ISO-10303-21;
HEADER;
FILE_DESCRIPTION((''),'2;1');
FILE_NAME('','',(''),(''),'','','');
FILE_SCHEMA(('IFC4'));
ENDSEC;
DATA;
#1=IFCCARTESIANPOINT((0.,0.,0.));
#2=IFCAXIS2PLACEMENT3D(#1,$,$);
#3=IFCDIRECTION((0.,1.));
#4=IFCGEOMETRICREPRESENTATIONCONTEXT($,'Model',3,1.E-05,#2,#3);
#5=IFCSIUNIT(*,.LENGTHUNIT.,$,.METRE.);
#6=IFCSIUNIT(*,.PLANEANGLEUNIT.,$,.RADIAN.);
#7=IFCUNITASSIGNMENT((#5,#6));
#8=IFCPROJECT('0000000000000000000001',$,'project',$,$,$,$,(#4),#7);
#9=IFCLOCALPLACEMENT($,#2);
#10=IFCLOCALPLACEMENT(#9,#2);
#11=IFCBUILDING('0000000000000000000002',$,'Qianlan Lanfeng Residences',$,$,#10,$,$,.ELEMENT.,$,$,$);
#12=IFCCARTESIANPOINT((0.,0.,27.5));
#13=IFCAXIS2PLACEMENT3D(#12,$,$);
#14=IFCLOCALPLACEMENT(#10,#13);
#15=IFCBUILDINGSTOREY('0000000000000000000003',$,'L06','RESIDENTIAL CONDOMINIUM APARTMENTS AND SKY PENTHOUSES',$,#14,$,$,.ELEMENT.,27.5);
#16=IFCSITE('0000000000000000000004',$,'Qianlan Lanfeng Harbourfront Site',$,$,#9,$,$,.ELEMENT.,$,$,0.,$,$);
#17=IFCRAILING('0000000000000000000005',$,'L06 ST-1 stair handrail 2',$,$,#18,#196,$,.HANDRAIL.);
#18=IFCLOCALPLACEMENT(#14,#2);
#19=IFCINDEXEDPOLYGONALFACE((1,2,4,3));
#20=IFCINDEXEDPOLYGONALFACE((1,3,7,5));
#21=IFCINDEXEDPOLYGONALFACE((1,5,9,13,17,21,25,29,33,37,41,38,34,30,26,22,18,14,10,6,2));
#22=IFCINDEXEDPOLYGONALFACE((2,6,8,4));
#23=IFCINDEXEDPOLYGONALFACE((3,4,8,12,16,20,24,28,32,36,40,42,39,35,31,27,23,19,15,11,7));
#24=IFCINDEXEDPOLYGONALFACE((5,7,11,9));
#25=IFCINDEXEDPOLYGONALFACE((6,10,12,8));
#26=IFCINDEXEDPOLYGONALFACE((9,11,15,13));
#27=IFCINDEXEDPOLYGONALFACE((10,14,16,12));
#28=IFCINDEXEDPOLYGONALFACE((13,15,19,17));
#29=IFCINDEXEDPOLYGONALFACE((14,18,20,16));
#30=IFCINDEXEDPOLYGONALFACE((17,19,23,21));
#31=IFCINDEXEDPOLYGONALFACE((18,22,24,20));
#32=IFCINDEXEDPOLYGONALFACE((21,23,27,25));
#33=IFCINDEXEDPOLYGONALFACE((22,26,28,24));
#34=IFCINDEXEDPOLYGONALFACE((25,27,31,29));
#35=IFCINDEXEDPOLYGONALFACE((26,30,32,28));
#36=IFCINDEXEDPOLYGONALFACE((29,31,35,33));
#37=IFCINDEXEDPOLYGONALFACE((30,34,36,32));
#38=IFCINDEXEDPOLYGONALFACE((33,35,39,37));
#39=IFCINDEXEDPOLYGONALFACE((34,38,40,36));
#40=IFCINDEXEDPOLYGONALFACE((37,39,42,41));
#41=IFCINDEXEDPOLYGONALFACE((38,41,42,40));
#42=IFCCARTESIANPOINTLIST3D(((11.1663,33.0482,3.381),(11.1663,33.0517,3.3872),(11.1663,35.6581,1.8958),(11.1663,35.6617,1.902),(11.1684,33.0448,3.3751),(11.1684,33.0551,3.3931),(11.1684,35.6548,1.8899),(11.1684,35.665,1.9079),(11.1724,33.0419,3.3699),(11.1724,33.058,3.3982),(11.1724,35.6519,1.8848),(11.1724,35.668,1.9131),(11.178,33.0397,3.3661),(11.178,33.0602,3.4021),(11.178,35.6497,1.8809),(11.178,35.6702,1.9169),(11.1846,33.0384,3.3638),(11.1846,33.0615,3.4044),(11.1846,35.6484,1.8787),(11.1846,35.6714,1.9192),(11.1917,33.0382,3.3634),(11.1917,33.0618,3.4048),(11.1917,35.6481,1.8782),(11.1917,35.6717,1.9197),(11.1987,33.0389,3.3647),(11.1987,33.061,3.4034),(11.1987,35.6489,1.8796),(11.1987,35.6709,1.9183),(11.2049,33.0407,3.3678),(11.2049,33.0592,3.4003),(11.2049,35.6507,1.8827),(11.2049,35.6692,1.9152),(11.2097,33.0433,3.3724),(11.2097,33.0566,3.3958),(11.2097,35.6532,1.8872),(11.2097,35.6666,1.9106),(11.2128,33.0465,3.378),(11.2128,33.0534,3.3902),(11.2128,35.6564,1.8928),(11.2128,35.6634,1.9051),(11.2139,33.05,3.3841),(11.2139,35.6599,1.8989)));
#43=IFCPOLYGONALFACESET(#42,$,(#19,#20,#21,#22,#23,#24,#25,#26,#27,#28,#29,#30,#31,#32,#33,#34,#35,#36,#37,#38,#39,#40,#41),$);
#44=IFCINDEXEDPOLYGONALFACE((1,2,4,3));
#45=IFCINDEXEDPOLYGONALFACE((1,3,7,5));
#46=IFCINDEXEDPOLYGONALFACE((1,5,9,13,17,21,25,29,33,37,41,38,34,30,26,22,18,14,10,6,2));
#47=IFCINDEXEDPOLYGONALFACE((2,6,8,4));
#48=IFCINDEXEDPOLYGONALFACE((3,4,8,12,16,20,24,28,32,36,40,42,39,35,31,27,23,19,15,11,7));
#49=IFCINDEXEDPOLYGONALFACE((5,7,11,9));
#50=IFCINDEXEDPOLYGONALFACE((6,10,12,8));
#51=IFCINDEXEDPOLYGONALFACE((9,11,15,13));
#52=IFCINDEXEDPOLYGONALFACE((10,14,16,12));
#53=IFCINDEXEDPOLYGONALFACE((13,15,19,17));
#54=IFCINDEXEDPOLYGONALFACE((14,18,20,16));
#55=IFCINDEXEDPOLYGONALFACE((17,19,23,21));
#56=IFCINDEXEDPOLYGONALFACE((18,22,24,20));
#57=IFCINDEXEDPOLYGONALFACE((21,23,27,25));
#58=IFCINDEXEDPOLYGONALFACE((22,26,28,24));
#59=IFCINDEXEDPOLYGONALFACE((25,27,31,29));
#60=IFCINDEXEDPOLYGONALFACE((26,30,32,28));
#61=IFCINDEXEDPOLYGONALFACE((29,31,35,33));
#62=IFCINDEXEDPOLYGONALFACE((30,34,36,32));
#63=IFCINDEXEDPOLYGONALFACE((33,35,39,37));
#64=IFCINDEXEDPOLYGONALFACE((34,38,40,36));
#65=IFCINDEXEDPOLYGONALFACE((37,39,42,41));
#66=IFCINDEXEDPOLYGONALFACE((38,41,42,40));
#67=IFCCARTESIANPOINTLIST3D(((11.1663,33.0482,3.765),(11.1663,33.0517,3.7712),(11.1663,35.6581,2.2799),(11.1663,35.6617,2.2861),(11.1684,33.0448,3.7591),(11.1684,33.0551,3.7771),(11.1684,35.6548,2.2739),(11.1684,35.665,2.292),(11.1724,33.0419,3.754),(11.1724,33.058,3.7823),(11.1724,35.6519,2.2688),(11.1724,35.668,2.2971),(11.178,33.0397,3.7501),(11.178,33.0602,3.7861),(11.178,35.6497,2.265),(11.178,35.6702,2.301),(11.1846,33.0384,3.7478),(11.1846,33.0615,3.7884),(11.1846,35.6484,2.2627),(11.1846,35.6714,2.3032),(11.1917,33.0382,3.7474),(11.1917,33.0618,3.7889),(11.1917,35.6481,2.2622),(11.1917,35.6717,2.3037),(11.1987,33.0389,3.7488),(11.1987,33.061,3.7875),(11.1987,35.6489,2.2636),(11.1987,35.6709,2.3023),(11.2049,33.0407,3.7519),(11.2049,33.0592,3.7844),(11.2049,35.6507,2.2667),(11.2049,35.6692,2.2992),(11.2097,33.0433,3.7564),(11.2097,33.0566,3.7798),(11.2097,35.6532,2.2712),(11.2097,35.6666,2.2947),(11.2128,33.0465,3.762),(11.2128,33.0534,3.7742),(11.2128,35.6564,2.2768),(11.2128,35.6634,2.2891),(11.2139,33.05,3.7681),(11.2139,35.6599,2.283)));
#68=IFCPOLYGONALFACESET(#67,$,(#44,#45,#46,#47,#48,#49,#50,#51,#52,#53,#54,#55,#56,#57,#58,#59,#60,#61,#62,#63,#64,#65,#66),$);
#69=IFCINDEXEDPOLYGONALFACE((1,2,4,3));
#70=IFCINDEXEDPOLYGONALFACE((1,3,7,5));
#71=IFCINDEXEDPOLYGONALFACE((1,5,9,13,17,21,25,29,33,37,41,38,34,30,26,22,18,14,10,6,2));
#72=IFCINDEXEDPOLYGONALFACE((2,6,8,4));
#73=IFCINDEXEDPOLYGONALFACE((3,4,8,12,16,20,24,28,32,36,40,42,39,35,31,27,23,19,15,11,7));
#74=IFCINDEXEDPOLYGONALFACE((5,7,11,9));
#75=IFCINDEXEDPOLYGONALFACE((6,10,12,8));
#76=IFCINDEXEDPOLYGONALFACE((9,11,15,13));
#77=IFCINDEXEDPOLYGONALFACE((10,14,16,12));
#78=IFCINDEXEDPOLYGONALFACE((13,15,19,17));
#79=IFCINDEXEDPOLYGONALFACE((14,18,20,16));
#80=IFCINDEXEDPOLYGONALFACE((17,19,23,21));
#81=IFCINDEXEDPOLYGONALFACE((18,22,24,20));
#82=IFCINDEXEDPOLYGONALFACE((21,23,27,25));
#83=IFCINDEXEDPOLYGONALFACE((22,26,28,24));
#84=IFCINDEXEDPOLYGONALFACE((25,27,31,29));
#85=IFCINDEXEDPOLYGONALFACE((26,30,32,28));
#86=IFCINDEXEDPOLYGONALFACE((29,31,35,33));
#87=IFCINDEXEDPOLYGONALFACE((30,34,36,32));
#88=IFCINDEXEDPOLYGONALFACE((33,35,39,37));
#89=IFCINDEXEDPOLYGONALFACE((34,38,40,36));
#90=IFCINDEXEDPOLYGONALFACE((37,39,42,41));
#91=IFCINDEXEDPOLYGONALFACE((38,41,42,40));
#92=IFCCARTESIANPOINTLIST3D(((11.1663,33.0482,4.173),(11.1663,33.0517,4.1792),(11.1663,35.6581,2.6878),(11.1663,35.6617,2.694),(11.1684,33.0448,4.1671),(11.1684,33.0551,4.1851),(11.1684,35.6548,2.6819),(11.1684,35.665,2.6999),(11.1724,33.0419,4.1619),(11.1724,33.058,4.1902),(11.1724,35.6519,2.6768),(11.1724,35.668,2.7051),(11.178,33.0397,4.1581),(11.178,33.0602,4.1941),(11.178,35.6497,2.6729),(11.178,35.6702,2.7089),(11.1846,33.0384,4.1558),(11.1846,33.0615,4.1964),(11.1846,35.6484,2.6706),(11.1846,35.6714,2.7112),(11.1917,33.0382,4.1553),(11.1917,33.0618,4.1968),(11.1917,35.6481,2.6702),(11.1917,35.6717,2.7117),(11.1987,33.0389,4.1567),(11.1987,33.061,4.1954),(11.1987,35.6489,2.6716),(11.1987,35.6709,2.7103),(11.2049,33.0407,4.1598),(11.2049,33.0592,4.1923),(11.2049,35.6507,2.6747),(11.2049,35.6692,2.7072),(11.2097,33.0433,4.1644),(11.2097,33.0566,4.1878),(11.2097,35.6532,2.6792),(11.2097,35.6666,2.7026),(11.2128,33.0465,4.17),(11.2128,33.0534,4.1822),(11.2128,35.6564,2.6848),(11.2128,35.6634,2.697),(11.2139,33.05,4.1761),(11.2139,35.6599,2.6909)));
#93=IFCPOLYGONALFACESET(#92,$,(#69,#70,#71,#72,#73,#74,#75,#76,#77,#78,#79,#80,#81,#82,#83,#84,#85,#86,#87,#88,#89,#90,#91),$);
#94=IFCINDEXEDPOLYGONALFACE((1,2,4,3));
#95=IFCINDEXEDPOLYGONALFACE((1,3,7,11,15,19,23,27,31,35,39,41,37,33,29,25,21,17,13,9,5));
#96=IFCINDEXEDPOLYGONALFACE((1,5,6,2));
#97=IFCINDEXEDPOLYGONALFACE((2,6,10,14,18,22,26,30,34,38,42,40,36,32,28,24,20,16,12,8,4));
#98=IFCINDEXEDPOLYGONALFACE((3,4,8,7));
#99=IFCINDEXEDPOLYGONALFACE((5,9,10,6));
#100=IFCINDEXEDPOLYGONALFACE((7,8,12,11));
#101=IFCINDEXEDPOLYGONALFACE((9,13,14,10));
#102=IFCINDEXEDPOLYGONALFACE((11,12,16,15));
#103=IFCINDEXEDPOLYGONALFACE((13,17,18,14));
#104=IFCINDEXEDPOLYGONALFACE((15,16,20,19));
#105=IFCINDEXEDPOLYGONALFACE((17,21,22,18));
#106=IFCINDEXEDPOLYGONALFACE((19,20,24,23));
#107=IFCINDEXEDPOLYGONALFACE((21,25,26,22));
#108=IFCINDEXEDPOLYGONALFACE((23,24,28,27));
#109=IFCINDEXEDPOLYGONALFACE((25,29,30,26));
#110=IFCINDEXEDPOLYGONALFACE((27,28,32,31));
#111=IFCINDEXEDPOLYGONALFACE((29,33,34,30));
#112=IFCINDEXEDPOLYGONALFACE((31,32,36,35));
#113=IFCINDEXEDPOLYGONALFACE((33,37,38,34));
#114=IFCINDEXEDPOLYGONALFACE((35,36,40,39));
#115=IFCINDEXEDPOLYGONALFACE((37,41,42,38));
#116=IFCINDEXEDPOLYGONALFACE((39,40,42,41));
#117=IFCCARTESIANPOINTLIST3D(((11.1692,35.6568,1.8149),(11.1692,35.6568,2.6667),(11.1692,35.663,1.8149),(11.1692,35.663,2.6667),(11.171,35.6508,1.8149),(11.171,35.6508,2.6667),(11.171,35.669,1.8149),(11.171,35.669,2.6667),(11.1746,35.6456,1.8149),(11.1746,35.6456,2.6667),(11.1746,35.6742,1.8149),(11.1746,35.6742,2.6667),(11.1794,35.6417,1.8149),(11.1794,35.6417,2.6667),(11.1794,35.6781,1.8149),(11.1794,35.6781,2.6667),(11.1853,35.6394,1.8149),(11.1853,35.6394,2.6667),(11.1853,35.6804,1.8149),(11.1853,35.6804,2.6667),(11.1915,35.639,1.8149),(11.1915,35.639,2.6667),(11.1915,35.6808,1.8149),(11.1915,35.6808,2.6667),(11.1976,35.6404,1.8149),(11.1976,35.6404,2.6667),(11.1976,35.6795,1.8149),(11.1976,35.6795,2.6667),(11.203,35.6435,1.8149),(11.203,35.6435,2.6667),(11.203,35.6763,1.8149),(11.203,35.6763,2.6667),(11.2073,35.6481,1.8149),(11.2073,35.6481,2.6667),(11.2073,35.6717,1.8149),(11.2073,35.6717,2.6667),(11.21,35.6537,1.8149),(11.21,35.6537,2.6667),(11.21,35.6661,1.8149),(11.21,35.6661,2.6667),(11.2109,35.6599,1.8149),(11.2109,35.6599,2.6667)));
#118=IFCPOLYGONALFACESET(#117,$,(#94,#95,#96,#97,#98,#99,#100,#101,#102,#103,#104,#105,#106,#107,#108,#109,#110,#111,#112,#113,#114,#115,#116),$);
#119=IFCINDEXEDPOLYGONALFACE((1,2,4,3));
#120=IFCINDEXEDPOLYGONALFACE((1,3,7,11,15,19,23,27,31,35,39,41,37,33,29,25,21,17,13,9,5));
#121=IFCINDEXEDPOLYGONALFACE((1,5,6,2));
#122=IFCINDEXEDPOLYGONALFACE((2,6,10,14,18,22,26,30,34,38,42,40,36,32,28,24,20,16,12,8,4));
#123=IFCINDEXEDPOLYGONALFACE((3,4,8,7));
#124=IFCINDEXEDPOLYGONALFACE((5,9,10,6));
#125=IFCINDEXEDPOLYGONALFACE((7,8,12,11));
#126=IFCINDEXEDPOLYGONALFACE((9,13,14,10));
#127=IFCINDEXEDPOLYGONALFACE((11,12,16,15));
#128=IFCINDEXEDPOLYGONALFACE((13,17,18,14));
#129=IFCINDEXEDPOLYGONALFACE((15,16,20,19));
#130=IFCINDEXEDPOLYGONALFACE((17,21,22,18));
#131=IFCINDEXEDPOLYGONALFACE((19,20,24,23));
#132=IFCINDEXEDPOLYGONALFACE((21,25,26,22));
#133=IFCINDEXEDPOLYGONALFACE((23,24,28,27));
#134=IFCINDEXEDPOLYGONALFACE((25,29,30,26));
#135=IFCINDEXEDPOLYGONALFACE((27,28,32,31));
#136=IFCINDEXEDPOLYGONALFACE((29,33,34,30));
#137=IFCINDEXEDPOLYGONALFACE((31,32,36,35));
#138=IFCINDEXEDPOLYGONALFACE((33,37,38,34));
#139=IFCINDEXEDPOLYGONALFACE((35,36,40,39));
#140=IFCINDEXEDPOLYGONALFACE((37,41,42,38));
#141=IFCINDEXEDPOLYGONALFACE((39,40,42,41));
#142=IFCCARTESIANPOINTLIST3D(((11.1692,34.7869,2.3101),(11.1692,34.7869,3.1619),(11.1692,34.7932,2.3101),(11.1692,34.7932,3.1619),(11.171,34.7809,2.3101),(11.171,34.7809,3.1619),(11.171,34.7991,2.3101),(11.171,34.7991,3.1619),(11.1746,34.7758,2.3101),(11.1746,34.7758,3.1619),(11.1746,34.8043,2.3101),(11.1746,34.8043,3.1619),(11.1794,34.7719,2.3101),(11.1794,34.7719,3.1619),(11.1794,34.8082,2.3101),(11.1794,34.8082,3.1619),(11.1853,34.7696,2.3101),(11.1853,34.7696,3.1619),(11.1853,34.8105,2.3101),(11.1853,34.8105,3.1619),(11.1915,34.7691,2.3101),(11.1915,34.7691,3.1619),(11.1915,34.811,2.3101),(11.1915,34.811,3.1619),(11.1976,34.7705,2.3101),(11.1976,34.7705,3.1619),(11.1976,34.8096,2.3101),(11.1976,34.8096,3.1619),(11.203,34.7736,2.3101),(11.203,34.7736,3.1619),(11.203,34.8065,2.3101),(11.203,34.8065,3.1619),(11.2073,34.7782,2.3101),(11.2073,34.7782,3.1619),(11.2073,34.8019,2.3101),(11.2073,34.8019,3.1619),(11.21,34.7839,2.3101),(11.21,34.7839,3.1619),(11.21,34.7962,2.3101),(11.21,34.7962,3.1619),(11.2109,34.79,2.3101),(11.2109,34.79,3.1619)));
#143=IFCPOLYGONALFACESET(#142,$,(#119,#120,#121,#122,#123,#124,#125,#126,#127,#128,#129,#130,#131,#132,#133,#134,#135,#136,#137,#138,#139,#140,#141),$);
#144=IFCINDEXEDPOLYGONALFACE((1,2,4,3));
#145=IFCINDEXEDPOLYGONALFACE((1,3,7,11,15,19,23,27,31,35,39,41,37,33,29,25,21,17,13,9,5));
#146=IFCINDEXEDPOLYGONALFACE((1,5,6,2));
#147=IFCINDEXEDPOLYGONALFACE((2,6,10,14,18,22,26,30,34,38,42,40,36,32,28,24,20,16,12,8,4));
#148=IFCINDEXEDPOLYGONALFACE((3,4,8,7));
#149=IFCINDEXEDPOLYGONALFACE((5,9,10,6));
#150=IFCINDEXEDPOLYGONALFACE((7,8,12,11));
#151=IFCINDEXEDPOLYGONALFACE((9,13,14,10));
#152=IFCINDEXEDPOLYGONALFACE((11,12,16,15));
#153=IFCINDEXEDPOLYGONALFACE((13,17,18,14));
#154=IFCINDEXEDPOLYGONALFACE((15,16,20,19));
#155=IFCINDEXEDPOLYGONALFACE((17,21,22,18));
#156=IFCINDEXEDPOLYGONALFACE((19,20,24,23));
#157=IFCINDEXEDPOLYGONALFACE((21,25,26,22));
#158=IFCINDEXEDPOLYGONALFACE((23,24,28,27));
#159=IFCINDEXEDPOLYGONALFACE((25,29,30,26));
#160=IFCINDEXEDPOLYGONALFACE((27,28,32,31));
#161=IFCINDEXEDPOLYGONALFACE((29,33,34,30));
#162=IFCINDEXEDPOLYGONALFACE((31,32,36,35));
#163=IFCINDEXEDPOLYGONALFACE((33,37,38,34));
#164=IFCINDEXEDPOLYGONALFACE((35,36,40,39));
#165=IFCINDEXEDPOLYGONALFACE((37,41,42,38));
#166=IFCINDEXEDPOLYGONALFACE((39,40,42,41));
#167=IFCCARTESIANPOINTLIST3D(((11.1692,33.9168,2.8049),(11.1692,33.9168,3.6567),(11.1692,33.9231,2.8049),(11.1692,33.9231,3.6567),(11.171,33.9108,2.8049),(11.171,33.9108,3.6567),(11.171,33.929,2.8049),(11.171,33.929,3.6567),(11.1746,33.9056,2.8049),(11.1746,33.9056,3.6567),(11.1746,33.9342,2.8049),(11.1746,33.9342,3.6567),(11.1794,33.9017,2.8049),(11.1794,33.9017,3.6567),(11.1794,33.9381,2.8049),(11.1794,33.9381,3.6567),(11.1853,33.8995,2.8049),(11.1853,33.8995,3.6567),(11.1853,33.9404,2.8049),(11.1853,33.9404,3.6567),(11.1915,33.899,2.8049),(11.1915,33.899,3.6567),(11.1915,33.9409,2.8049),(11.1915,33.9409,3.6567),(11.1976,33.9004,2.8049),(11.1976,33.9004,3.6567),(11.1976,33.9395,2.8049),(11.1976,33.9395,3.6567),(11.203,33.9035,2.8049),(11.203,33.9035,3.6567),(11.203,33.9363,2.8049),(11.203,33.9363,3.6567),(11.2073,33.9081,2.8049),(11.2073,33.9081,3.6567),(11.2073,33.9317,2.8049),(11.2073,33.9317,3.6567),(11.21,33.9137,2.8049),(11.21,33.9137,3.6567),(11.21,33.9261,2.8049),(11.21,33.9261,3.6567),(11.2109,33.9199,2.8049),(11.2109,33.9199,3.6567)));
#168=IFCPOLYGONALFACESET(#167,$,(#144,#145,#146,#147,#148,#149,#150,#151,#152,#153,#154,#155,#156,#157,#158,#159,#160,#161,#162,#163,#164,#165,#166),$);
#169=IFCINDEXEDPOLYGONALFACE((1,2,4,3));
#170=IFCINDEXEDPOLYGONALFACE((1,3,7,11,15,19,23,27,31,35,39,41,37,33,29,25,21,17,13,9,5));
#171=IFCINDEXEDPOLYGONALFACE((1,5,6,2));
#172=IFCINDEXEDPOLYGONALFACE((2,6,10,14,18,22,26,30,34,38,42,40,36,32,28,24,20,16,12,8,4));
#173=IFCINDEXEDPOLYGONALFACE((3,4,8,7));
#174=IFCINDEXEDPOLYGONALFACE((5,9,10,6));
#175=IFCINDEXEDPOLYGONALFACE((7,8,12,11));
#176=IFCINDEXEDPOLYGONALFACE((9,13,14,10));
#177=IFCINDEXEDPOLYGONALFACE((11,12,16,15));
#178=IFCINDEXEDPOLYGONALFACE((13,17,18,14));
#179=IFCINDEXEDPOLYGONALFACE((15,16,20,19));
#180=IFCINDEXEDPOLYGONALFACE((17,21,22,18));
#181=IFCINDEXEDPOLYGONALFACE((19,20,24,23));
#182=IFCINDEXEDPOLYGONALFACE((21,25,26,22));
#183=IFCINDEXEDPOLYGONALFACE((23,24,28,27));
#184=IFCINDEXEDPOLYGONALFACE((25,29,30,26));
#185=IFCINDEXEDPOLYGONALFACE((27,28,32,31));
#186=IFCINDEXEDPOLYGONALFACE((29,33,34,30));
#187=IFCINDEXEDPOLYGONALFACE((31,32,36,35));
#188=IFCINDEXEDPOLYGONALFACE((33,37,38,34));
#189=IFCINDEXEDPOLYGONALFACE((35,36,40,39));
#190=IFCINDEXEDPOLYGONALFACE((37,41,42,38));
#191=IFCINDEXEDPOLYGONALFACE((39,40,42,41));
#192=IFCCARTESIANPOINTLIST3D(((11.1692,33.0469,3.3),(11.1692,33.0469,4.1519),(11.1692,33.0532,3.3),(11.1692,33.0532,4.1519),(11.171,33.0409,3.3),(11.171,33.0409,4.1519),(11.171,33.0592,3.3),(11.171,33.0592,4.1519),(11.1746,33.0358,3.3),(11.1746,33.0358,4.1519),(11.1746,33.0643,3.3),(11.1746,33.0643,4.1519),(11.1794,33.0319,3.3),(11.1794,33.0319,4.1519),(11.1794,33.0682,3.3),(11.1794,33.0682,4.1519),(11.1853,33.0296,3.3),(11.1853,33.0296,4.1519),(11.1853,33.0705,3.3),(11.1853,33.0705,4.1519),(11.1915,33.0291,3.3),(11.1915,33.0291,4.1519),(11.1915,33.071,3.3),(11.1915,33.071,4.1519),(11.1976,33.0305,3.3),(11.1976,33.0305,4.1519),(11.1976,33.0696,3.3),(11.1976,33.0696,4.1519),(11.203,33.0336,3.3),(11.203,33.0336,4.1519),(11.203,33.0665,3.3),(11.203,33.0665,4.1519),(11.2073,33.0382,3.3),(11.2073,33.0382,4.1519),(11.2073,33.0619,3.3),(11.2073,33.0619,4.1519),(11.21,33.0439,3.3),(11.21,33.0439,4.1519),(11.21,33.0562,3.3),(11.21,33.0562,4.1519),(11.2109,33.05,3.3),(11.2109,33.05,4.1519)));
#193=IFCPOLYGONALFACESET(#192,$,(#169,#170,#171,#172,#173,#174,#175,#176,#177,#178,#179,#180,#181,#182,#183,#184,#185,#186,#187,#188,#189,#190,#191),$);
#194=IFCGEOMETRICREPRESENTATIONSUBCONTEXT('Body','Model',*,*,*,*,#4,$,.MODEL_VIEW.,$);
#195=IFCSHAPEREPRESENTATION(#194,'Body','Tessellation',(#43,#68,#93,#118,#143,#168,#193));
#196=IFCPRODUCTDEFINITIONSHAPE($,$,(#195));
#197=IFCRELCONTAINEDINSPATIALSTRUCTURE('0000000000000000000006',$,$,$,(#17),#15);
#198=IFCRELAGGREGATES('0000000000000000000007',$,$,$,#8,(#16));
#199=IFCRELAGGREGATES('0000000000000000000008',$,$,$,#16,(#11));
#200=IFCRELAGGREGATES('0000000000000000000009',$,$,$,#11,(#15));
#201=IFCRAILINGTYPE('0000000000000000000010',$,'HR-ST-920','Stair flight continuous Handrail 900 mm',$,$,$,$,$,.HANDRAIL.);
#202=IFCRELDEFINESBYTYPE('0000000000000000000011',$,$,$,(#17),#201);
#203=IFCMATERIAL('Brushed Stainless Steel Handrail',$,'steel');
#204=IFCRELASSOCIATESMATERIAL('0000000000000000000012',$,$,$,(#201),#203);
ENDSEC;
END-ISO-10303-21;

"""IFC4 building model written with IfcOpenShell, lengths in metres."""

from ifc_helpers import new_model, si_unit, direction, frame, origin, origin_2d, place, context, subcontext, project, spatial, circle, extrude, material, type_object, element, save


model = new_model("IFC4")

# Units and contexts
model_context = context("Model", 3, precision=1e-05, world=origin(), true_north=direction((0.0, 1.0)))
body_context = subcontext(model_context, "Body", "Model", "MODEL_VIEW")
ifc_project = project(units=[si_unit("LENGTHUNIT", "METRE"), si_unit("PLANEANGLEUNIT", "RADIAN")], contexts=[model_context])

# Site, building, storey
site_placement = place(None, origin())
site = spatial("IfcSite", under=ifc_project, at=site_placement, Name="Qianlan Lanfeng Harbourfront Site", CompositionType="ELEMENT", RefElevation=0.0)
building_placement = place(site_placement, origin())
building = spatial("IfcBuilding", under=site, at=building_placement, Name="Qianlan Lanfeng Residences", CompositionType="ELEMENT")
storey_placement = place(building_placement, frame((0.0, 0.0, 27.5)))
storey = spatial("IfcBuildingStorey", under=building, at=storey_placement, Name="L06", Description="RESIDENTIAL CONDOMINIUM APARTMENTS AND SKY PENTHOUSES", CompositionType="ELEMENT", Elevation=27.5)

# Railing
ifc_material_1 = material(Name="Brushed Stainless Steel Handrail", Category="steel")
railing_type_1 = type_object("IfcRailingType", Name="HR-ST-920", Description="Stair flight continuous Handrail 900 mm", PredefinedType="HANDRAIL", material=ifc_material_1)
railing_1_placement = place(storey_placement, frame((11.1899, 35.6599, 1.8149)))
element("IfcRailing", 1, at=railing_1_placement, inside=storey, type_object=railing_type_1, Name="L06 ST-1 stair handrail 2", PredefinedType="HANDRAIL", context=body_context, shape_type="SweptSolid", body=[
    extrude(circle(Radius=0.0239, at=origin_2d()), frame((0.0, 0.0, 0.084), z_axis=(0.0, -0.869137, 0.494571), x_axis=(1.0, 0.0, 0.0)), (0.0, 0.0, 1.0), 3.0029),
    extrude(circle(Radius=0.0239, at=origin_2d()), frame((0.0, 0.0, 0.468), z_axis=(0.0, -0.869137, 0.494571), x_axis=(1.0, 0.0, 0.0)), (0.0, 0.0, 1.0), 3.0029),
    extrude(circle(Radius=0.0239, at=origin_2d()), frame((0.0, 0.0, 0.876), z_axis=(0.0, -0.869137, 0.494571), x_axis=(1.0, 0.0, 0.0)), (0.0, 0.0, 1.0), 3.0029),
    extrude(circle(Radius=0.021, at=origin_2d()), origin(), (0.0, 0.0, 1.0), 0.8518),
    extrude(circle(Radius=0.021, at=origin_2d()), frame((0.0, -0.8699, 0.4951)), (0.0, 0.0, 1.0), 0.8518),
    extrude(circle(Radius=0.021, at=origin_2d()), frame((0.0, -1.74, 0.99)), (0.0, 0.0, 1.0), 0.8518),
    extrude(circle(Radius=0.021, at=origin_2d()), frame((0.0, -2.6099, 1.4851)), (0.0, 0.0, 1.0), 0.8518),
])

save(model, "model.ifc")
